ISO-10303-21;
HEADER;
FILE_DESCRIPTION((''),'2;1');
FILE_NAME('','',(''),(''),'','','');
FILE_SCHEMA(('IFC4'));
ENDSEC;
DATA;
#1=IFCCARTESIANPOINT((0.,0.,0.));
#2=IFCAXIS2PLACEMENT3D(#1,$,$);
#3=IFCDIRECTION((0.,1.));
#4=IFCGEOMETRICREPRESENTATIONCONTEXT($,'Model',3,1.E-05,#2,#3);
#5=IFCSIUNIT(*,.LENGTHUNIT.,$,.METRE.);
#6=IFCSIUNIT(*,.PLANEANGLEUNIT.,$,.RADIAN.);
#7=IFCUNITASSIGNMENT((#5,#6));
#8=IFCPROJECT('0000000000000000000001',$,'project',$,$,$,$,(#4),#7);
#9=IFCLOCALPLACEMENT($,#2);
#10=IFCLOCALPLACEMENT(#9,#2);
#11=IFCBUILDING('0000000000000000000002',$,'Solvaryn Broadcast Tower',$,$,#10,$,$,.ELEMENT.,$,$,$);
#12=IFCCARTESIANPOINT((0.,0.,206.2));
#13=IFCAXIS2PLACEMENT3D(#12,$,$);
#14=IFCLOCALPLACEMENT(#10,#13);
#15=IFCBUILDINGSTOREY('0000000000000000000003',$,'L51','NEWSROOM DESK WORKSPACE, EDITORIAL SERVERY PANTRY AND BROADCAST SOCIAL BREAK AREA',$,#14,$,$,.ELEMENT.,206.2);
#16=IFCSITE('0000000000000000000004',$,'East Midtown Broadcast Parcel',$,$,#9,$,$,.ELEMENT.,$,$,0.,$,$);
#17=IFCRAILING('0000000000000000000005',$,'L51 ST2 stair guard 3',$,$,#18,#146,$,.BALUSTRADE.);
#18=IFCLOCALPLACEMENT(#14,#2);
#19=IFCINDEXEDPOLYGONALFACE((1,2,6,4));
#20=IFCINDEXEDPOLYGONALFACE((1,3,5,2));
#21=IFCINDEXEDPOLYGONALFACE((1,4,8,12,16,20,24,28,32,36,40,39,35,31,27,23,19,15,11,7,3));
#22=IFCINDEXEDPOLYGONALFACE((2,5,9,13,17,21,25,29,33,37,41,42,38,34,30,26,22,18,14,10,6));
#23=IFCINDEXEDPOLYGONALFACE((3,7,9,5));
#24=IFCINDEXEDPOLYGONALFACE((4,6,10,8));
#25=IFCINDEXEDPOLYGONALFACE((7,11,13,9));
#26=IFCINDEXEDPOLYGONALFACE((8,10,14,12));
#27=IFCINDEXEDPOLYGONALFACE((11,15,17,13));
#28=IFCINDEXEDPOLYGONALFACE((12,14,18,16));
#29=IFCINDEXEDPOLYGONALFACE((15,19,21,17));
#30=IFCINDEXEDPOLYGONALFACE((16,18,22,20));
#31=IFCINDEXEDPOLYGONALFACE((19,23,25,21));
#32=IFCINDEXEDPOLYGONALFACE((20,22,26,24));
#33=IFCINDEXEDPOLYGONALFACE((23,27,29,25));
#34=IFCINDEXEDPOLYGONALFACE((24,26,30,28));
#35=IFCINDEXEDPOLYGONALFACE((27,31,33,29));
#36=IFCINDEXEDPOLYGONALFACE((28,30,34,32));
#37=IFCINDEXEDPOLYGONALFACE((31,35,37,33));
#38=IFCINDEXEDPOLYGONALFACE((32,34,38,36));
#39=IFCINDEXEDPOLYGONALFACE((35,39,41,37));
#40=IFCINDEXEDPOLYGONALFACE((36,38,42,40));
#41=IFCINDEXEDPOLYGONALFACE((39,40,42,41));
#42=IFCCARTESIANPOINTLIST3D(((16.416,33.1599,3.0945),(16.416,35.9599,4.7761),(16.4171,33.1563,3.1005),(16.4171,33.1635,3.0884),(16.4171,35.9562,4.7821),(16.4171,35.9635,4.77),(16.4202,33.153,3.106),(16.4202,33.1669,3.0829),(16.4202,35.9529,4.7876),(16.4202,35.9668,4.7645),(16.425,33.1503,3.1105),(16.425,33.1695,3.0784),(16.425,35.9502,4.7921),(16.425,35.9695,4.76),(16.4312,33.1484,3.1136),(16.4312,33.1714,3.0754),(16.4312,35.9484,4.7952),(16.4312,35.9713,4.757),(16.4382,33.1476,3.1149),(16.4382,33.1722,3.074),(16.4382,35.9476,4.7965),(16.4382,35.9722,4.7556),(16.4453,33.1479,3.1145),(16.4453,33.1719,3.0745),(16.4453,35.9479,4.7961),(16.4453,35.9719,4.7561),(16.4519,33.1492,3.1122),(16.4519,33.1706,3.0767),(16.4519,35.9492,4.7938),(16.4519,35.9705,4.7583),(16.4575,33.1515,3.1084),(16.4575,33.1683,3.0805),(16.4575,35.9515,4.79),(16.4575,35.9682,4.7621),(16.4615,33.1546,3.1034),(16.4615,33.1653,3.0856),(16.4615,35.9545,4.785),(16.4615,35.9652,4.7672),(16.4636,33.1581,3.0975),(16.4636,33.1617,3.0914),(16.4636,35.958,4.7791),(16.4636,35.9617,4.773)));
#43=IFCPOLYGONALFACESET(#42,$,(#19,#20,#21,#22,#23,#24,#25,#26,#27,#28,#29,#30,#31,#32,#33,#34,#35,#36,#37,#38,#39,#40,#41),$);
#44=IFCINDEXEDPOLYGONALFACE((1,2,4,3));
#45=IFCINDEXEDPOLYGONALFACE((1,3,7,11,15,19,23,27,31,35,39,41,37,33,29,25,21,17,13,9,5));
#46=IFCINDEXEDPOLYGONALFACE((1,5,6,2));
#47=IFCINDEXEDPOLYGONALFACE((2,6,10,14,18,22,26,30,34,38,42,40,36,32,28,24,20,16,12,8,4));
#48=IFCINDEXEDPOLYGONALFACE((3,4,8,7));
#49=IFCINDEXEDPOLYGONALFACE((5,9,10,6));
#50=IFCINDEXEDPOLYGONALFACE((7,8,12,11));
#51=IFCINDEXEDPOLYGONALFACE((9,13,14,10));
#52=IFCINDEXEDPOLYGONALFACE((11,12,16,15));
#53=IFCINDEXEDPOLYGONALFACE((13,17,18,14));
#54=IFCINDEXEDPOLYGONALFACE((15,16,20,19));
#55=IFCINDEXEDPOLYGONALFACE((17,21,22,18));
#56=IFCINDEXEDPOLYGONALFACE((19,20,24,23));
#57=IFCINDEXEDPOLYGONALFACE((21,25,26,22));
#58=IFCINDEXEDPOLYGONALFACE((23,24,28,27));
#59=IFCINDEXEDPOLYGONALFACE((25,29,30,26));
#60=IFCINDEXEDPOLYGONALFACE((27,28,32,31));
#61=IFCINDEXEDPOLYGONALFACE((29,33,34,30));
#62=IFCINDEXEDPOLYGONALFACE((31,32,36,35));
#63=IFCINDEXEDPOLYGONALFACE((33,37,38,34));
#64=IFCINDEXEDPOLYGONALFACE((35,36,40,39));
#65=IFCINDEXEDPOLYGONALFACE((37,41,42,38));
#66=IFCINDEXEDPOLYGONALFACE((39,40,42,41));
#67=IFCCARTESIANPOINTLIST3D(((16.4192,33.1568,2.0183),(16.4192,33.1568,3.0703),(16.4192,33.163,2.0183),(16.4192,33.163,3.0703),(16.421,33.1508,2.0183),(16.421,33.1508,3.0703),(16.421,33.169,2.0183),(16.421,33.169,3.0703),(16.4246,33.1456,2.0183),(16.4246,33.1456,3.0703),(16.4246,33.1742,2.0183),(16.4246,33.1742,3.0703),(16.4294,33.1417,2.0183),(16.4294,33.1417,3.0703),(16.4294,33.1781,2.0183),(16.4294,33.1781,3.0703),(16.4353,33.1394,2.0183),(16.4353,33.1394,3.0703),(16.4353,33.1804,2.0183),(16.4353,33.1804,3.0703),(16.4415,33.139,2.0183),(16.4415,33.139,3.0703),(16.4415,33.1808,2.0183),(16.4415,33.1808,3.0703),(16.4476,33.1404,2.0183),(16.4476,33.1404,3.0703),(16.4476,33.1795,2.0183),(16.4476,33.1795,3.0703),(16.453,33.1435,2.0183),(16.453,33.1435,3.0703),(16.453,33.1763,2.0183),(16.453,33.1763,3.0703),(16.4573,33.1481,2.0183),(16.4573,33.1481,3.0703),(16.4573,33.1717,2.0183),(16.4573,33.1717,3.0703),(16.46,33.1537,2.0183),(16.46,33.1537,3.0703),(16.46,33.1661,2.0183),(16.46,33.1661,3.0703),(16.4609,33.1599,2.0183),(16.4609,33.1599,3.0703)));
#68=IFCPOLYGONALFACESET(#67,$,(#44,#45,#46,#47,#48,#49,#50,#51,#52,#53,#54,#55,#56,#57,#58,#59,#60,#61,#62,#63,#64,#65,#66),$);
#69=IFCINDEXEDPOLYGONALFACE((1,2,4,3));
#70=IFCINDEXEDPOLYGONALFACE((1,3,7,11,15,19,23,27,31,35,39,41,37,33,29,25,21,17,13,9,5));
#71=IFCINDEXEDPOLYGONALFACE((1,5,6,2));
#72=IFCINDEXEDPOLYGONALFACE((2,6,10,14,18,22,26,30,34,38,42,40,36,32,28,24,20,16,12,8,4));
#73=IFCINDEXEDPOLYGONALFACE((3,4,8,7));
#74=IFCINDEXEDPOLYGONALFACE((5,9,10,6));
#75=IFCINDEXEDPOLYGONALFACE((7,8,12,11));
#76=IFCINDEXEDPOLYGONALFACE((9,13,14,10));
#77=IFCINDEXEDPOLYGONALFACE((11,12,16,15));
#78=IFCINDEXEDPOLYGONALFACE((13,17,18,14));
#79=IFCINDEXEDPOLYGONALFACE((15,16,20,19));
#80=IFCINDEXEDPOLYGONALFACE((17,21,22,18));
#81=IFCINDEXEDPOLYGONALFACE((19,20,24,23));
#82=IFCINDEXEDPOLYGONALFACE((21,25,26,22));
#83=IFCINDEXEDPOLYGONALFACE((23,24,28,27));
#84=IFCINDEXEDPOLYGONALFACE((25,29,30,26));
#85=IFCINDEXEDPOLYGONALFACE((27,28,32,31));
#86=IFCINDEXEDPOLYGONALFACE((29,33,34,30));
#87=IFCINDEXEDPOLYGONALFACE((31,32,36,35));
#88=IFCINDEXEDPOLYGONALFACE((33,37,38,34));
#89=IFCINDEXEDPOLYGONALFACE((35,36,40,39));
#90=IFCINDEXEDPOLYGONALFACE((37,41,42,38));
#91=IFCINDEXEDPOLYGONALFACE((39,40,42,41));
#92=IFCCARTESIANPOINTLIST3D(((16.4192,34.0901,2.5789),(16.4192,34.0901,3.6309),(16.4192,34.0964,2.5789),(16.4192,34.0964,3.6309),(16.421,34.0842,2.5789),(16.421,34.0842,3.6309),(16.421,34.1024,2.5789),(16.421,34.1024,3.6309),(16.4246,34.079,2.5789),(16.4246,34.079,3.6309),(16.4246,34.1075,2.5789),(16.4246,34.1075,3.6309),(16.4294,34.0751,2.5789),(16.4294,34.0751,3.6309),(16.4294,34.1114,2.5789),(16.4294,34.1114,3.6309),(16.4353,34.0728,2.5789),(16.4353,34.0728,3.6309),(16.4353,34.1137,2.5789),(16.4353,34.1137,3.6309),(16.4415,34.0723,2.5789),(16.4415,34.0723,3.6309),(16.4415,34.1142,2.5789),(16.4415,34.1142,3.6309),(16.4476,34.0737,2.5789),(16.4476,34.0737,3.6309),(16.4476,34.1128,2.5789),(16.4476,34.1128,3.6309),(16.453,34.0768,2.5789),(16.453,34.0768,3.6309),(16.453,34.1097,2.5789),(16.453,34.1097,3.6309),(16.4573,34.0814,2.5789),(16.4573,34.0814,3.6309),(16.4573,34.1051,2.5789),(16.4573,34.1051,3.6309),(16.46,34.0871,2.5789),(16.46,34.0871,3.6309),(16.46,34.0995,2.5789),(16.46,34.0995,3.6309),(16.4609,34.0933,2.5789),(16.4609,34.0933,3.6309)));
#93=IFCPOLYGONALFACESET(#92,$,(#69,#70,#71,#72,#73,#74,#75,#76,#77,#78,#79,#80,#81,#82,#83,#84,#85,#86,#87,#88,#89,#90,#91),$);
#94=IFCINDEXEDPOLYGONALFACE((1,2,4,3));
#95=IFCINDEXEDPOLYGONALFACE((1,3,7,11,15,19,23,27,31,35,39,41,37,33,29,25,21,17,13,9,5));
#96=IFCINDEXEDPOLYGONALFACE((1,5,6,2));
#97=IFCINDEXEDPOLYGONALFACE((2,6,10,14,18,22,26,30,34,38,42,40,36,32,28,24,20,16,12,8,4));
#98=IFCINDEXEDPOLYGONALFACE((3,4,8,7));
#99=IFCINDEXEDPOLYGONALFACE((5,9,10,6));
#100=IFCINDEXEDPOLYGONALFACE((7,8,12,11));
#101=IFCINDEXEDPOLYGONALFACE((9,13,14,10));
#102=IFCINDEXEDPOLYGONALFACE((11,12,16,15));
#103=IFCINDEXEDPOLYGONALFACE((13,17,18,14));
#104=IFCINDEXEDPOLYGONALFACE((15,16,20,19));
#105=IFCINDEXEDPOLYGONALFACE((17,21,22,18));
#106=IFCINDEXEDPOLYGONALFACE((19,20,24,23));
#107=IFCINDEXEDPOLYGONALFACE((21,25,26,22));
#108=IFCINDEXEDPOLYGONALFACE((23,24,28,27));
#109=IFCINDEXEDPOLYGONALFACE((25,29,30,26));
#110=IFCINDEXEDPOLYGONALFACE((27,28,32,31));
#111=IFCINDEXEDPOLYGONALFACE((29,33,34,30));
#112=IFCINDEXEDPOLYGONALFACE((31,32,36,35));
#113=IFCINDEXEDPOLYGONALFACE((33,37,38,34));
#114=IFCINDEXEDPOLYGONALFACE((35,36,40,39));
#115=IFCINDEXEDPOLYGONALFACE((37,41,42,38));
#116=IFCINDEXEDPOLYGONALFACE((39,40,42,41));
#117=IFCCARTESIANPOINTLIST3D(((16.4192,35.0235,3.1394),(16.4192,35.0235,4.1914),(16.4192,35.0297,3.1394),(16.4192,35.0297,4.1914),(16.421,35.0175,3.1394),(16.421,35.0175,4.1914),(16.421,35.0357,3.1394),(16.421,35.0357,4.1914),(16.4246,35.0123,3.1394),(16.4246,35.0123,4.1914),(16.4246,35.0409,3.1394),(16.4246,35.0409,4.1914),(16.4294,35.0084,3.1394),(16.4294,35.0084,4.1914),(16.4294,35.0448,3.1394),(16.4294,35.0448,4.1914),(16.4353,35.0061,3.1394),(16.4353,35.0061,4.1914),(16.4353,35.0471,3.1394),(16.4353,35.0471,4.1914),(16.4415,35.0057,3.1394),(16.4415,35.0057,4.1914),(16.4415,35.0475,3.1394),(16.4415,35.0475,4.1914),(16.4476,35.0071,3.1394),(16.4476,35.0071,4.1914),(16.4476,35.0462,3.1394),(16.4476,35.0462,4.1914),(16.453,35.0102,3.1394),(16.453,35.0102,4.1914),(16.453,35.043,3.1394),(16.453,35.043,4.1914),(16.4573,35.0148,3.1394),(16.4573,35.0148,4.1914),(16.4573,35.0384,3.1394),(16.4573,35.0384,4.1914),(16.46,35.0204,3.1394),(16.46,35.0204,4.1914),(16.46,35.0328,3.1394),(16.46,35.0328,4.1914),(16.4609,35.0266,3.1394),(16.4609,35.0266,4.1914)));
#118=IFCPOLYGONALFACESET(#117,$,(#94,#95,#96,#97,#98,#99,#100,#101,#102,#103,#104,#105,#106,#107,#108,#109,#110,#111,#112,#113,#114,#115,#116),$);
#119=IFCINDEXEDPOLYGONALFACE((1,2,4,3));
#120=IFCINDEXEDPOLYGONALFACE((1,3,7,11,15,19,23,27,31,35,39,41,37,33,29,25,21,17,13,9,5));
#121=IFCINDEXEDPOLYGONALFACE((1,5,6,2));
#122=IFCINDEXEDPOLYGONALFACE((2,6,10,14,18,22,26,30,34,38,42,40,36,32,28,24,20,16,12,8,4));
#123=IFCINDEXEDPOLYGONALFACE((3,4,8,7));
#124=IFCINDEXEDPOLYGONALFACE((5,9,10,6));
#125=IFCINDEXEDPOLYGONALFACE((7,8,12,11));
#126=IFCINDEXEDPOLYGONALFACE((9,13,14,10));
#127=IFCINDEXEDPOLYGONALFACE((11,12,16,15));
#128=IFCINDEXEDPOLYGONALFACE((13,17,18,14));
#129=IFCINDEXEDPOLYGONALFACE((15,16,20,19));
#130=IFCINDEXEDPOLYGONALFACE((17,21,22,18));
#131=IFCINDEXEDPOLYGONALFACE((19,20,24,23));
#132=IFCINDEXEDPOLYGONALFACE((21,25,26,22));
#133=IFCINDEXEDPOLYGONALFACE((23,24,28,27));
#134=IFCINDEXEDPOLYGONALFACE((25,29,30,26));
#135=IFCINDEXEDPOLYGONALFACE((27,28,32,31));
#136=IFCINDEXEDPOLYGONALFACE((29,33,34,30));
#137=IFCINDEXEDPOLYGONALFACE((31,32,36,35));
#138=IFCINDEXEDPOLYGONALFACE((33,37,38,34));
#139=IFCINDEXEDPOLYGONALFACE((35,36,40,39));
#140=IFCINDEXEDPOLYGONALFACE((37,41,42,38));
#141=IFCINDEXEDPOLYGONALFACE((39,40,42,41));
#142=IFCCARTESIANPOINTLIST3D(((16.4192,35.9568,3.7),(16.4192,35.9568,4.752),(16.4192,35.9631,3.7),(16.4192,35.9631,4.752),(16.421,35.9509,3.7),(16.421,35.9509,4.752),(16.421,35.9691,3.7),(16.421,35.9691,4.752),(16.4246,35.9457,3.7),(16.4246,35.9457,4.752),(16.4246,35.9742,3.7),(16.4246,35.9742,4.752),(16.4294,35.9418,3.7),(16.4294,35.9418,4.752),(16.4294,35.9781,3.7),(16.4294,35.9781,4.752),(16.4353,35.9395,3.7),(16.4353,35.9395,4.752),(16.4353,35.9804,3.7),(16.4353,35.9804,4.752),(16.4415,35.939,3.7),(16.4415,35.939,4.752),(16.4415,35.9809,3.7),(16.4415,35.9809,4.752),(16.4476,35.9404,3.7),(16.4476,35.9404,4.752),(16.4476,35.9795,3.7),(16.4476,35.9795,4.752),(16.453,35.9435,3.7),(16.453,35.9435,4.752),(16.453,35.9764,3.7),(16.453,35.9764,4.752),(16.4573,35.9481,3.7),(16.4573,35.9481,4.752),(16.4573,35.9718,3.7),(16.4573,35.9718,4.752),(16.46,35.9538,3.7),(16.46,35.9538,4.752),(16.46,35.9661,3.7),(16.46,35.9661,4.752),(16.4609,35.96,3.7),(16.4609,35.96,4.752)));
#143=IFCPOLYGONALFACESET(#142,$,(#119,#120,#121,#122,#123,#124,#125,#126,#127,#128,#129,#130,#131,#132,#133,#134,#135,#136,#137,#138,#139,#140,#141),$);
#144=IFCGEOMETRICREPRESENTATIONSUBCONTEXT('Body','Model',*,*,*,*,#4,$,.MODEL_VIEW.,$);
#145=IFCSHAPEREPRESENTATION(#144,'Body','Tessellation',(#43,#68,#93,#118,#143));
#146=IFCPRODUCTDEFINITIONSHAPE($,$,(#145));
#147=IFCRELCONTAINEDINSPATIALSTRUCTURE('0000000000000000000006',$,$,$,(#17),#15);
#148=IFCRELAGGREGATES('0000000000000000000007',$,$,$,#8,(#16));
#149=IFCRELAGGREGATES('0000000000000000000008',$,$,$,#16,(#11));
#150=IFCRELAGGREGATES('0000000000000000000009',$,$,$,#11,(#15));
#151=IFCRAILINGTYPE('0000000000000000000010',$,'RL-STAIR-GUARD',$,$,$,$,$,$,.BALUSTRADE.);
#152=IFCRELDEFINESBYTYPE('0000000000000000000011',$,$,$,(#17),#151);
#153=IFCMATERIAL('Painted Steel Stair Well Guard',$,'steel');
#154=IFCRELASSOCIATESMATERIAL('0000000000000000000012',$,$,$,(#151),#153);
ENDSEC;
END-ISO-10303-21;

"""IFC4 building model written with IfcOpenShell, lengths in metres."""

from ifc_helpers import new_model, si_unit, direction, frame, origin, origin_2d, place, context, subcontext, project, spatial, circle, extrude, material, type_object, element, save


model = new_model("IFC4")

# Units and contexts
model_context = context("Model", 3, precision=1e-05, world=origin(), true_north=direction((0.0, 1.0)))
body_context = subcontext(model_context, "Body", "Model", "MODEL_VIEW")
ifc_project = project(units=[si_unit("LENGTHUNIT", "METRE"), si_unit("PLANEANGLEUNIT", "RADIAN")], contexts=[model_context])

# Site, building, storey
site_placement = place(None, origin())
site = spatial("IfcSite", under=ifc_project, at=site_placement, Name="East Midtown Broadcast Parcel", CompositionType="ELEMENT", RefElevation=0.0)
building_placement = place(site_placement, origin())
building = spatial("IfcBuilding", under=site, at=building_placement, Name="Solvaryn Broadcast Tower", CompositionType="ELEMENT")
storey_placement = place(building_placement, frame((0.0, 0.0, 206.2)))
storey = spatial("IfcBuildingStorey", under=building, at=storey_placement, Name="L51", Description="NEWSROOM DESK WORKSPACE, EDITORIAL SERVERY PANTRY AND BROADCAST SOCIAL BREAK AREA", CompositionType="ELEMENT", Elevation=206.2)

# Railing
ifc_material_1 = material(Name="Painted Steel Stair Well Guard", Category="steel")
railing_type_1 = type_object("IfcRailingType", Name="RL-STAIR-GUARD", PredefinedType="BALUSTRADE", material=ifc_material_1)
railing_1_placement = place(storey_placement, frame((16.4399, 33.1599, 2.0183)))
element("IfcRailing", 1, at=railing_1_placement, inside=storey, type_object=railing_type_1, Name="L51 ST2 stair guard 3", PredefinedType="BALUSTRADE", context=body_context, shape_type="SweptSolid", body=[
    extrude(circle(Radius=0.0239, at=origin_2d()), frame((0.0, 0.0, 1.0762), z_axis=(0.0, 0.857275, 0.514858), x_axis=(-1.0, 0.0, 0.0)), (0.0, 0.0, 1.0), 3.2661),
    extrude(circle(Radius=0.021, at=origin_2d()), origin(), (0.0, 0.0, 1.0), 1.052),
    extrude(circle(Radius=0.021, at=origin_2d()), frame((0.0, 0.9333, 0.5605)), (0.0, 0.0, 1.0), 1.052),
    extrude(circle(Radius=0.021, at=origin_2d()), frame((0.0, 1.8667, 1.1211)), (0.0, 0.0, 1.0), 1.052),
    extrude(circle(Radius=0.021, at=origin_2d()), frame((0.0, 2.8, 1.6816)), (0.0, 0.0, 1.0), 1.052),
])

save(model, "model.ifc")
